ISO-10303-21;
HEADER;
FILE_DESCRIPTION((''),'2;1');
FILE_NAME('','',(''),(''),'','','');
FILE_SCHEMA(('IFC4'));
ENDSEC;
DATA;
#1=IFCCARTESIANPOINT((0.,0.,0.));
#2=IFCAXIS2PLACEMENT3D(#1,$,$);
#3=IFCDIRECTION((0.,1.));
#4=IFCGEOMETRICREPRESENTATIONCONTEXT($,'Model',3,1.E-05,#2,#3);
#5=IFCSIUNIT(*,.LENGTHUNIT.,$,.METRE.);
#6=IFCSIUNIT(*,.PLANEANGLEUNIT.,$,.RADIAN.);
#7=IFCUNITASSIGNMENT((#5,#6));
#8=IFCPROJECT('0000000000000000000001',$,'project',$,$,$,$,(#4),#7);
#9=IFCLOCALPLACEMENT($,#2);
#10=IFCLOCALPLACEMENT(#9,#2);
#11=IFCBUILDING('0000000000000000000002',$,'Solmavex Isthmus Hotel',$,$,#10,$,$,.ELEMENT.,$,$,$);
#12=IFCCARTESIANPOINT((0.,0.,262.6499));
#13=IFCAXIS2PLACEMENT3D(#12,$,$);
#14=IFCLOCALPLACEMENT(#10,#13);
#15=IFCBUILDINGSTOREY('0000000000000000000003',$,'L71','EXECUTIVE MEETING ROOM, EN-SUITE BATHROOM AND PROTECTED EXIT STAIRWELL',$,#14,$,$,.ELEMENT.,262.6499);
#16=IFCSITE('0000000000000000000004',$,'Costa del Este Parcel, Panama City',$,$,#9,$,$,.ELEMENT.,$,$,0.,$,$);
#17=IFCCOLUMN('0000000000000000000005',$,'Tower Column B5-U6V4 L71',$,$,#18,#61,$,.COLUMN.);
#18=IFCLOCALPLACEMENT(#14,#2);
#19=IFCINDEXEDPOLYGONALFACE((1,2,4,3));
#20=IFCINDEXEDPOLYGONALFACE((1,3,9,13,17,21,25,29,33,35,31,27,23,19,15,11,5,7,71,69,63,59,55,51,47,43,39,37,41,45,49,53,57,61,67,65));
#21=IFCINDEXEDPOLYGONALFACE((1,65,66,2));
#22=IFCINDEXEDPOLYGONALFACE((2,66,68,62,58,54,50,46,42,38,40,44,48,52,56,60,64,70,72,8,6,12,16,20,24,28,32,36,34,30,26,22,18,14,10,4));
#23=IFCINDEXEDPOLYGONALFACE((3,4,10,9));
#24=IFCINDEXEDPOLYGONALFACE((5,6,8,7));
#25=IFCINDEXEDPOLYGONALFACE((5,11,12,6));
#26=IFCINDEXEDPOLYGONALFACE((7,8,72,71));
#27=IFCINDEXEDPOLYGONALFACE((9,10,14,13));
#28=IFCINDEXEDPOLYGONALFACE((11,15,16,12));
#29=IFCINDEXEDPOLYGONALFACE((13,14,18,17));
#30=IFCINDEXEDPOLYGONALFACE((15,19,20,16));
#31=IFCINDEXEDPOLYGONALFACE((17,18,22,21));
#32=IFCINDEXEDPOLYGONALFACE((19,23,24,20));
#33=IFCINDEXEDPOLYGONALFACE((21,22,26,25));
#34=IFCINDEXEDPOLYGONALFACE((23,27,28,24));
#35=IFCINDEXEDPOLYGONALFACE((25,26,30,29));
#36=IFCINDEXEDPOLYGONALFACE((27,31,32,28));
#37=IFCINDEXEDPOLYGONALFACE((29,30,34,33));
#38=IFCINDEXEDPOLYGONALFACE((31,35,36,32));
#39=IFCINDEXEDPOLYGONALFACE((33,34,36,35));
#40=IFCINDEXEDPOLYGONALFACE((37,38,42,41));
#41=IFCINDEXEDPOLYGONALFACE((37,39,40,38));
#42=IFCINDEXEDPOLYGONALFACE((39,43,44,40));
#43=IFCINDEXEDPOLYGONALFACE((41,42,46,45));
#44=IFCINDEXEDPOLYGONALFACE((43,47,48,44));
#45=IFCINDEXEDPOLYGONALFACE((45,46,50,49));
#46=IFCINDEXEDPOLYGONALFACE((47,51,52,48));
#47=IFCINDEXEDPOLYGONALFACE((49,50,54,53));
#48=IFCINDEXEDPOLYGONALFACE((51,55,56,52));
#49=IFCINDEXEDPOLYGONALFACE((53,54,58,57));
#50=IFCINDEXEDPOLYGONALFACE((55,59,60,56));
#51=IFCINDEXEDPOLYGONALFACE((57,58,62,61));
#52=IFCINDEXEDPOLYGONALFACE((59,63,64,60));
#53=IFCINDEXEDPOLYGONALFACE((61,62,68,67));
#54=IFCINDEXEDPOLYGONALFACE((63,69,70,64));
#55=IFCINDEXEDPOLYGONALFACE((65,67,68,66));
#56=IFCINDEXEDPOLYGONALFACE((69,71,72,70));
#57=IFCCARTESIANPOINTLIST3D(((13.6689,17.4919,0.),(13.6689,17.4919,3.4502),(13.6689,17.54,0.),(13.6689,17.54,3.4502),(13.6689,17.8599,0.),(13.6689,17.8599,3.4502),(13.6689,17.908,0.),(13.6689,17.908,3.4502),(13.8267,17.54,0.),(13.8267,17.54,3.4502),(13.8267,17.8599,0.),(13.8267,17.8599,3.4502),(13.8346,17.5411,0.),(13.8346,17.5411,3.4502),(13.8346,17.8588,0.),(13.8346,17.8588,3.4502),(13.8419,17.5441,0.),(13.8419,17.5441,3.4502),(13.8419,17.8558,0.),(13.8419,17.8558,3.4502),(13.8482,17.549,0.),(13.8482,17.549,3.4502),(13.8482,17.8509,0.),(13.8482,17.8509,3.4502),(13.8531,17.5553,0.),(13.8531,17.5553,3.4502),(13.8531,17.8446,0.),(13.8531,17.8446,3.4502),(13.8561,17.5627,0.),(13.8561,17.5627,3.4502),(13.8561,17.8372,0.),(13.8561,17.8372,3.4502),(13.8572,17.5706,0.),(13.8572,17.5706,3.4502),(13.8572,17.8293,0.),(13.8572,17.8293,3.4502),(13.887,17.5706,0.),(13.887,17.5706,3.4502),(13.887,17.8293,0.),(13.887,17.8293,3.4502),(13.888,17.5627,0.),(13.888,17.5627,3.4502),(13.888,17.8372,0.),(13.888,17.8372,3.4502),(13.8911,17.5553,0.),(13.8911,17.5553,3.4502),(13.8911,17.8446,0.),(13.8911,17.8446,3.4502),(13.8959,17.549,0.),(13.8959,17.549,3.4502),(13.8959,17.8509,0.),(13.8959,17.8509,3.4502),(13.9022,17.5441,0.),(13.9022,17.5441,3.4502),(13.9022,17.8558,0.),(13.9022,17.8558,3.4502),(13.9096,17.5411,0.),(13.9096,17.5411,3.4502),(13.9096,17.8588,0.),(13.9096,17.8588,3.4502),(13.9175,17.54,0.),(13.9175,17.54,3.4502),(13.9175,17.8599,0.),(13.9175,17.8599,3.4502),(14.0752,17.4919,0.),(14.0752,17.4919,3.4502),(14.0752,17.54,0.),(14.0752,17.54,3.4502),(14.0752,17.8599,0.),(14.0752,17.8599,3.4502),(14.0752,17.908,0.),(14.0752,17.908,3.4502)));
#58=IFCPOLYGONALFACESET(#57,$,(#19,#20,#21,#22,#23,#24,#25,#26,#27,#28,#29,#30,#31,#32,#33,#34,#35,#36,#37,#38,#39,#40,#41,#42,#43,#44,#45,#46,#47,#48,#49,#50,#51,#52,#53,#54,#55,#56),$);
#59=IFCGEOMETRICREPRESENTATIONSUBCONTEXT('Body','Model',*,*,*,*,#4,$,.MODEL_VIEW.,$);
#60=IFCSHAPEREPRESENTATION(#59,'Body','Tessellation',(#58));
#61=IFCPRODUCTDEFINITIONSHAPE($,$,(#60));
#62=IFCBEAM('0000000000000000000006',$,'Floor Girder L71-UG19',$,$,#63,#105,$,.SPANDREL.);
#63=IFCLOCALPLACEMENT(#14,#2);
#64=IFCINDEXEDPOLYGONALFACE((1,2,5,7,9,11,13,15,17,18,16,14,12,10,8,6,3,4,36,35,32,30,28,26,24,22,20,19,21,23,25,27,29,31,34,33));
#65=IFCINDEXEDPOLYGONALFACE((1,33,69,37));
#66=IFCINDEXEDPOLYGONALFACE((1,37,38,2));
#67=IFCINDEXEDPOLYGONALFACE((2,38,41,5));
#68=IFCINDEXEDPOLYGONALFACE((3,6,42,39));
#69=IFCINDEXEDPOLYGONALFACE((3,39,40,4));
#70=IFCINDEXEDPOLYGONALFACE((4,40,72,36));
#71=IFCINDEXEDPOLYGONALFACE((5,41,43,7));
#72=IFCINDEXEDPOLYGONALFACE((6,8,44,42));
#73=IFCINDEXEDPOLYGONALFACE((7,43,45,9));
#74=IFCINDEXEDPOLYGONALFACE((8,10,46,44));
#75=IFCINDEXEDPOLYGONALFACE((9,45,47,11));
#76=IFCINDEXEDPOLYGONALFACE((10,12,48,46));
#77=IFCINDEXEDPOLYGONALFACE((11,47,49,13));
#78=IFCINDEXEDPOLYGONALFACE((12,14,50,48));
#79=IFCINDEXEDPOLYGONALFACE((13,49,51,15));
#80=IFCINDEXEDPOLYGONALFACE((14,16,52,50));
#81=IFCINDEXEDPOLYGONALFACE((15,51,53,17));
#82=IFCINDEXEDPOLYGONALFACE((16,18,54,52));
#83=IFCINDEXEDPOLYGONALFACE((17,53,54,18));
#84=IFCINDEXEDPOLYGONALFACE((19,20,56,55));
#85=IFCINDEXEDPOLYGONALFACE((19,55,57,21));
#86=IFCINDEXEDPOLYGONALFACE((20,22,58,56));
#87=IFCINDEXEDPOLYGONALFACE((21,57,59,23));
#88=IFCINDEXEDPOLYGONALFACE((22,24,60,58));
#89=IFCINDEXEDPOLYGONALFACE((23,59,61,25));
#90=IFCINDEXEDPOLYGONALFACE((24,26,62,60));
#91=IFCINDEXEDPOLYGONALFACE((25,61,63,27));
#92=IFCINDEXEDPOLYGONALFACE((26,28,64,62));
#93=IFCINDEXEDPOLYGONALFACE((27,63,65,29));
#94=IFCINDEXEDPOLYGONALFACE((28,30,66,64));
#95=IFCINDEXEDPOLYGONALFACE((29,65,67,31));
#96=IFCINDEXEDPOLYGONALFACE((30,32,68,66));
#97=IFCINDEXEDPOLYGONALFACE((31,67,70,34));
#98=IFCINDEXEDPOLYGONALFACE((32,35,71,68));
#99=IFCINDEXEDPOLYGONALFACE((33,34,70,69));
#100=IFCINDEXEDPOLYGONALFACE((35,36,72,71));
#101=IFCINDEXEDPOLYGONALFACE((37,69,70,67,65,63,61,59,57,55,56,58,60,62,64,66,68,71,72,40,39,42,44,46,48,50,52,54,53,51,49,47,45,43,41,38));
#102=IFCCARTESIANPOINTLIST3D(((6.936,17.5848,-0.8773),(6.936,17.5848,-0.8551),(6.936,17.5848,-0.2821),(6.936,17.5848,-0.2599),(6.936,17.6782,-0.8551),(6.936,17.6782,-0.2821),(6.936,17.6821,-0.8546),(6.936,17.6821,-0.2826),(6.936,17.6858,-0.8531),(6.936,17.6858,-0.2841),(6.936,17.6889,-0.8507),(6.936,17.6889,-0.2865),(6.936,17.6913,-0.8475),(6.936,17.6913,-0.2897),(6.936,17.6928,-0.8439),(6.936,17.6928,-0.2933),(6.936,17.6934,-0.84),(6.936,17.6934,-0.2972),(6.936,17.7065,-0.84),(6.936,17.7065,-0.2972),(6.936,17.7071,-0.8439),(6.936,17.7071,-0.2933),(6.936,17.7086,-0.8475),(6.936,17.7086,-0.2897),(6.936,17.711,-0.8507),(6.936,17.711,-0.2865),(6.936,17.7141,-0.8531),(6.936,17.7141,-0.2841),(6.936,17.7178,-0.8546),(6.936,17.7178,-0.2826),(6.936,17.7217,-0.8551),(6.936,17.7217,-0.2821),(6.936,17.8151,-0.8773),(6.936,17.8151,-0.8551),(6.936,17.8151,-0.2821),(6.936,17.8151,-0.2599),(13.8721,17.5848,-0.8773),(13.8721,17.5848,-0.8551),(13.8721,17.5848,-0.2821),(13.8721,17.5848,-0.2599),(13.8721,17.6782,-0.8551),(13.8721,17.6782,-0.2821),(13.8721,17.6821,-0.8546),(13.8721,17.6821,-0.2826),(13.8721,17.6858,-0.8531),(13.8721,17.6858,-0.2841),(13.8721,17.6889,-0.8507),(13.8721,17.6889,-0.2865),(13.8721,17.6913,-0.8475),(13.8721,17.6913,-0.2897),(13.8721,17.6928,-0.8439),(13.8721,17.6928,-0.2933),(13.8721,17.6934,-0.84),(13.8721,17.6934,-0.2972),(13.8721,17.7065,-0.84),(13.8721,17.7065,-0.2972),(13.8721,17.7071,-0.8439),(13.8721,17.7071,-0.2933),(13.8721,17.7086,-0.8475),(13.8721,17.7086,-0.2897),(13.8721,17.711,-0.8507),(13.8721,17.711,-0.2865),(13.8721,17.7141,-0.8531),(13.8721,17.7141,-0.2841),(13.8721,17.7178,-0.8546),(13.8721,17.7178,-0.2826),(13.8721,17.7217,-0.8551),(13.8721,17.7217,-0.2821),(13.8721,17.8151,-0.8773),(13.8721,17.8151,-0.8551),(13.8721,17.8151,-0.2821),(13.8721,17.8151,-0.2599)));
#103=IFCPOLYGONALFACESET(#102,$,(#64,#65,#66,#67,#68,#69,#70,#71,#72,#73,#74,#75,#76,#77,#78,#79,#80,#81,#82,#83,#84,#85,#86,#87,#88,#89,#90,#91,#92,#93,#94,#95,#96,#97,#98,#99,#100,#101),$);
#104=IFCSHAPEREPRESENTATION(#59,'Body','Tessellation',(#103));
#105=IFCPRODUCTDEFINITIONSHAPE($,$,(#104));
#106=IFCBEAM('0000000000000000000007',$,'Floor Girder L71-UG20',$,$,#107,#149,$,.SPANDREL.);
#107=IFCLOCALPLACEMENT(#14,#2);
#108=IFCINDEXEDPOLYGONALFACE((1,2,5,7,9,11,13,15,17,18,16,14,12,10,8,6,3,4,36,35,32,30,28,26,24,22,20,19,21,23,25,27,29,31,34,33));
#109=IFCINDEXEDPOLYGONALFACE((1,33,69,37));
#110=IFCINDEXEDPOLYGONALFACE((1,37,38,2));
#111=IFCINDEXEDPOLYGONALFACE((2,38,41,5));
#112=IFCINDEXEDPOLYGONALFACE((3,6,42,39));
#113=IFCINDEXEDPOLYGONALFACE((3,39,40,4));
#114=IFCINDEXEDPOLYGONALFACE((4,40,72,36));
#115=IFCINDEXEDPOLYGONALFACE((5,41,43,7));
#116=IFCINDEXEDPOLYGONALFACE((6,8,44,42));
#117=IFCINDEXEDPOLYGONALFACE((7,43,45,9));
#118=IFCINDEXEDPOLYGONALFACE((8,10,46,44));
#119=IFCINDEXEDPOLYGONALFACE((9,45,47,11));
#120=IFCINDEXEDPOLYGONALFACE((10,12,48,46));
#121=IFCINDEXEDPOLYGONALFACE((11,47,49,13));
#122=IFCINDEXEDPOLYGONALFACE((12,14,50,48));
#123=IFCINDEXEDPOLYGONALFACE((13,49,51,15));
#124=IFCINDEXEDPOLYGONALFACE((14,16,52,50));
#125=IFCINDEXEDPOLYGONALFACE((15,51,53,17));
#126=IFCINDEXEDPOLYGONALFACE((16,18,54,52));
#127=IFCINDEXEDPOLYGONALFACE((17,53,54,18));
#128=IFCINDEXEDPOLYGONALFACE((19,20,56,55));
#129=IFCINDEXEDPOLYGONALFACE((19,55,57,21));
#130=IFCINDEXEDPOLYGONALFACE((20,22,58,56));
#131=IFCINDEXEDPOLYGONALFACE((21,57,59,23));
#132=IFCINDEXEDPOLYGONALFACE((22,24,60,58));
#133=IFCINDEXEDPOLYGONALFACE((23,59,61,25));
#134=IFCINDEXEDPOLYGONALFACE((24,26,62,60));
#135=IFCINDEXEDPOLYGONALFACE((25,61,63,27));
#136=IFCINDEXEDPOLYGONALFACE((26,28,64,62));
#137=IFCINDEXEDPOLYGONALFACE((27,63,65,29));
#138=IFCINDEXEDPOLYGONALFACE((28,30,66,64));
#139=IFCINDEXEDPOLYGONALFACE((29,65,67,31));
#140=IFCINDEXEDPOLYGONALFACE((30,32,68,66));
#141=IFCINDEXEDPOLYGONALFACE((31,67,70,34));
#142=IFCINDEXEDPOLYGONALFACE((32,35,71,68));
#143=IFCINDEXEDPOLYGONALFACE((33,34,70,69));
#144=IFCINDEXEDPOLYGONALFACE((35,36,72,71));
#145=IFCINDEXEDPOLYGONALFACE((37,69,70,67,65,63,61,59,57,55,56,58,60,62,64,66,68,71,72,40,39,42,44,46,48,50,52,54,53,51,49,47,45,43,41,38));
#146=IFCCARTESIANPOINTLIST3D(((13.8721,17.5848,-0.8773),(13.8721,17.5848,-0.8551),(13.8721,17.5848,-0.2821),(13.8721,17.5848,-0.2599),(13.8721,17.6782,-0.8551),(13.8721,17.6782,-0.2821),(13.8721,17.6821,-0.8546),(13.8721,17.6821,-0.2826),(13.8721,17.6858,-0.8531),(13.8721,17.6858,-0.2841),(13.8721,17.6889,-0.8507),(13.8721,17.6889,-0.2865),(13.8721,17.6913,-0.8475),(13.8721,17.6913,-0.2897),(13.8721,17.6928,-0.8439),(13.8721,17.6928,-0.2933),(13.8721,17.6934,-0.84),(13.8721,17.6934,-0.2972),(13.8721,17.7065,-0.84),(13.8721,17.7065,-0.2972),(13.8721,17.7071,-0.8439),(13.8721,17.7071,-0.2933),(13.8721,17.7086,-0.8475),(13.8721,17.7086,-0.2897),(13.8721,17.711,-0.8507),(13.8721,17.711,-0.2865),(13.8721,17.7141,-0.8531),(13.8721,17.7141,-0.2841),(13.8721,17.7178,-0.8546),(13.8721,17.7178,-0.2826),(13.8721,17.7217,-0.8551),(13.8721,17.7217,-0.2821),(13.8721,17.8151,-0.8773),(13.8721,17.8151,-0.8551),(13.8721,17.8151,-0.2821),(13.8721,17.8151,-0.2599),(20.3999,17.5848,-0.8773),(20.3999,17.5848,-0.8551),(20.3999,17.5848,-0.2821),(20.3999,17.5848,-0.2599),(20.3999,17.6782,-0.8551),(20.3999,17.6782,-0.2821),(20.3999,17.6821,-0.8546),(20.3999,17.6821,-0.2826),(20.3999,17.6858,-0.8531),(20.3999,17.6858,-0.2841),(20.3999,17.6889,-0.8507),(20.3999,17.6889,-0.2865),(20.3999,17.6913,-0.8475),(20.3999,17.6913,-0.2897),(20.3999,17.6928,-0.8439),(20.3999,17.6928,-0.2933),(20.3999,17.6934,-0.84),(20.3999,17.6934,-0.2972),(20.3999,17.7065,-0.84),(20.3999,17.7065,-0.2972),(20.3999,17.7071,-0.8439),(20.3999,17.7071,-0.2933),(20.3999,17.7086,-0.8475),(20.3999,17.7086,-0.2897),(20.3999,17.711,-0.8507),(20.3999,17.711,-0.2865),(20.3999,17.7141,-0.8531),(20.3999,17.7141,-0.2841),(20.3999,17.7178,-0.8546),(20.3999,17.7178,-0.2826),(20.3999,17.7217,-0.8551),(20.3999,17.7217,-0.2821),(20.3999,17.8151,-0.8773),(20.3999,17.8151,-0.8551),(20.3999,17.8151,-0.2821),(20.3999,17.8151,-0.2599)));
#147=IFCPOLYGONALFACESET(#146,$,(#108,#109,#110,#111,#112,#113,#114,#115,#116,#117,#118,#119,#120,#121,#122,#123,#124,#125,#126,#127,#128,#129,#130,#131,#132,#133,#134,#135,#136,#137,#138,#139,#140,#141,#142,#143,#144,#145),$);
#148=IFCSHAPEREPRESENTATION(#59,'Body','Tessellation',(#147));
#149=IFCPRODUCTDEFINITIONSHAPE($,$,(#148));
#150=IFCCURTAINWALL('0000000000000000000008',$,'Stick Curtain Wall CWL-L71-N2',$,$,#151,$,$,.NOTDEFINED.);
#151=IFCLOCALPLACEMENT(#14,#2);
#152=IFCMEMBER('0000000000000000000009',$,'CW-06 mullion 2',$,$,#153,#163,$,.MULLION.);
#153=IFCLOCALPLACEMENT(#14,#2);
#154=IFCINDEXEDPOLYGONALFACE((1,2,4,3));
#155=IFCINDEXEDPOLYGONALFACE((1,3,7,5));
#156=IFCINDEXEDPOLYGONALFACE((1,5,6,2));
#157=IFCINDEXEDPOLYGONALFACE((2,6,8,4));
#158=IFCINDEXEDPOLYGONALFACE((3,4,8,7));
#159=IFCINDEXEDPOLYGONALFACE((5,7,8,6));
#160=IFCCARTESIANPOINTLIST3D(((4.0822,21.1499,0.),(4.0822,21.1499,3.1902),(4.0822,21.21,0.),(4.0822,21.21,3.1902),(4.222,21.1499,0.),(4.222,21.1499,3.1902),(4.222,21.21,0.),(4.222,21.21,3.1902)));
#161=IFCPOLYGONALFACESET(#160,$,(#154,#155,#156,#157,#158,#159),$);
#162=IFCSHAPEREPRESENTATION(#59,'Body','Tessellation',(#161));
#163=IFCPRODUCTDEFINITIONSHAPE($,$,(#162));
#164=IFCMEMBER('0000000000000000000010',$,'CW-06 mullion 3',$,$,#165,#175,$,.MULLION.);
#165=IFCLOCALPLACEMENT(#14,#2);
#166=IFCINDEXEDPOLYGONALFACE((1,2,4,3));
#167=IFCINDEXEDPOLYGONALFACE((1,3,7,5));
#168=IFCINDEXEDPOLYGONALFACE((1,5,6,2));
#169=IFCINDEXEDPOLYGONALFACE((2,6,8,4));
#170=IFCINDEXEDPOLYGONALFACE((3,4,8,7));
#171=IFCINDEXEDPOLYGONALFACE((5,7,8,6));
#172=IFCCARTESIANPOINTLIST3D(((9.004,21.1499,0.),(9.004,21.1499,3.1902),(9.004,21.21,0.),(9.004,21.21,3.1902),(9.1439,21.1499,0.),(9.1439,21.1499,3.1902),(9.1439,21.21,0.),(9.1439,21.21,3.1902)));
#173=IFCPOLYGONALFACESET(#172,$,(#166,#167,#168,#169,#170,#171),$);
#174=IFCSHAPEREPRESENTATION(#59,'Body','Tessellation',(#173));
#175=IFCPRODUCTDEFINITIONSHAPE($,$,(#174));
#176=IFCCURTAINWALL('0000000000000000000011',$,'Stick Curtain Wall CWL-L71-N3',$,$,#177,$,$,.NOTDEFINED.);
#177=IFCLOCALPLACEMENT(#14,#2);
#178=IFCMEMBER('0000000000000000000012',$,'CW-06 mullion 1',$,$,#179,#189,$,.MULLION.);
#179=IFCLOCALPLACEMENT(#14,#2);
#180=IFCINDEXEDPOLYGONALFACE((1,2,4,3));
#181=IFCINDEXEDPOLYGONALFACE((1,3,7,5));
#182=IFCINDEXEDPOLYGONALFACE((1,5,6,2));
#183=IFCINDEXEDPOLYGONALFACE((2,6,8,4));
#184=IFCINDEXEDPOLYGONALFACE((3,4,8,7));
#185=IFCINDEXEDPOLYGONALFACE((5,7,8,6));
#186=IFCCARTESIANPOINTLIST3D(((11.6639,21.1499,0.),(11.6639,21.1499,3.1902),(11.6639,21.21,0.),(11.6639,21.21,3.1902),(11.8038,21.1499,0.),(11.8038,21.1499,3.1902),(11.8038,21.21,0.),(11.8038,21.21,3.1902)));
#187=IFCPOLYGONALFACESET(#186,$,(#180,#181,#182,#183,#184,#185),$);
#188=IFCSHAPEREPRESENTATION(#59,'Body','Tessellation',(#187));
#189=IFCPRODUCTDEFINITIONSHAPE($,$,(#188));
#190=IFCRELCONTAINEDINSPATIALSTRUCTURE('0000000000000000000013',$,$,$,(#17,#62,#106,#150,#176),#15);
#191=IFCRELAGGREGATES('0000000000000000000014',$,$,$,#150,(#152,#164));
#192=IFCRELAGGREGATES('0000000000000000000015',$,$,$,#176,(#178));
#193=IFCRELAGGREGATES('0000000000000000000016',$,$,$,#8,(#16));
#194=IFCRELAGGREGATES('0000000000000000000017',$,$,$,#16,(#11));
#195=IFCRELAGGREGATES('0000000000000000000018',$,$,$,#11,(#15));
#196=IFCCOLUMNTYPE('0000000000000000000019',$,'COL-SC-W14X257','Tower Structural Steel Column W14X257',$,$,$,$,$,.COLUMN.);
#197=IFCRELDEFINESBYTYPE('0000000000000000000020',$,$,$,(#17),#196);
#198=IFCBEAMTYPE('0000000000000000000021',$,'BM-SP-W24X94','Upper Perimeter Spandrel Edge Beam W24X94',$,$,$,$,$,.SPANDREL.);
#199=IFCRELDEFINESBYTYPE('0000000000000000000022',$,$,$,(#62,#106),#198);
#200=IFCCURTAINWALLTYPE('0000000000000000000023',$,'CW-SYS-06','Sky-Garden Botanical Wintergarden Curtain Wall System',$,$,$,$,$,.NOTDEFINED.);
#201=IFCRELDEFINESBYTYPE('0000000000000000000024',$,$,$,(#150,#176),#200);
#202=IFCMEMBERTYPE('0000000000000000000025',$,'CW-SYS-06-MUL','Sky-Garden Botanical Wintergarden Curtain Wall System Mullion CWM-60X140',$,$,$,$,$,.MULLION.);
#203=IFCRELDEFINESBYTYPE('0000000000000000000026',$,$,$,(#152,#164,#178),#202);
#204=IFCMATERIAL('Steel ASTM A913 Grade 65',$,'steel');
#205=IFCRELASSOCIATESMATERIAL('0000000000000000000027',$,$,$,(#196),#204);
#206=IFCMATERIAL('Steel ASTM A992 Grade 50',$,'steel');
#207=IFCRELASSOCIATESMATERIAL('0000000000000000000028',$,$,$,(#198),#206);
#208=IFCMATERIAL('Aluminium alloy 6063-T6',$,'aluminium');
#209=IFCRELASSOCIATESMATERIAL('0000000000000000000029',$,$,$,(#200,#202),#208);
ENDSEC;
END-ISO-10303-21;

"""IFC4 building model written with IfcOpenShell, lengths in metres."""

from ifc_helpers import new_model, si_unit, direction, frame, origin, origin_2d, place, context, subcontext, project, spatial, rectangle, i_section, extrude, material, material_profile, profile_set, type_object, element, aggregate, save


model = new_model("IFC4")

# Units and contexts
model_context = context("Model", 3, precision=1e-05, world=origin(), true_north=direction((0.0, 1.0)))
body_context = subcontext(model_context, "Body", "Model", "MODEL_VIEW")
ifc_project = project(units=[si_unit("LENGTHUNIT", "METRE"), si_unit("PLANEANGLEUNIT", "RADIAN")], contexts=[model_context])

# Site, building, storey
site_placement = place(None, origin())
site = spatial("IfcSite", under=ifc_project, at=site_placement, Name="Costa del Este Parcel, Panama City", CompositionType="ELEMENT", RefElevation=0.0)
building_placement = place(site_placement, origin())
building = spatial("IfcBuilding", under=site, at=building_placement, Name="Solmavex Isthmus Hotel", CompositionType="ELEMENT")
storey_placement = place(building_placement, frame((0.0, 0.0, 262.6499)))
storey = spatial("IfcBuildingStorey", under=building, at=storey_placement, Name="L71", Description="EXECUTIVE MEETING ROOM, EN-SUITE BATHROOM AND PROTECTED EXIT STAIRWELL", CompositionType="ELEMENT", Elevation=262.6499)

# Column
ifc_material_1 = material(Name="Steel ASTM A913 Grade 65", Category="steel")
ifc_material_profile_1 = material_profile(ifc_material_1, i_section(OverallWidth=0.4062, OverallDepth=0.416, WebThickness=0.0298, FlangeThickness=0.0481, FilletRadius=0.0305, at=origin_2d()), Name="W14X257")
ifc_profile_set_1 = profile_set([ifc_material_profile_1], Name="Steel ASTM A913 Grade 65")
column_type = type_object("IfcColumnType", Name="COL-SC-W14X257", Description="Tower Structural Steel Column W14X257", PredefinedType="COLUMN", material=ifc_profile_set_1)
column_placement = place(storey_placement, frame((13.8721, 17.7, 0.0), z_axis=(0.0, 0.0, 1.0), x_axis=(1.0, 0.0, 0.0)))
element("IfcColumn", 1, at=column_placement, inside=storey, type_object=column_type, Name="Tower Column B5-U6V4 L71", PredefinedType="COLUMN", context=body_context, shape_type="SweptSolid", body=[
    extrude(i_section(OverallWidth=0.4062, OverallDepth=0.416, WebThickness=0.0298, FlangeThickness=0.0481, FilletRadius=0.0305, at=origin_2d()), origin(), (0.0, 0.0, 1.0), 3.4502),
])

# Beams
ifc_material_2 = material(Name="Steel ASTM A992 Grade 50", Category="steel")
ifc_material_profile_2 = material_profile(ifc_material_2, i_section(OverallWidth=0.2302, OverallDepth=0.6174, WebThickness=0.0132, FlangeThickness=0.0222, FilletRadius=0.0151, at=origin_2d()), Name="W24X94")
ifc_profile_set_2 = profile_set([ifc_material_profile_2], Name="Steel ASTM A992 Grade 50")
beam_type = type_object("IfcBeamType", Name="BM-SP-W24X94", Description="Upper Perimeter Spandrel Edge Beam W24X94", PredefinedType="SPANDREL", material=ifc_profile_set_2)
beam_1_placement = place(storey_placement, frame((6.936, 17.7, -0.5686), z_axis=(1.0, 0.0, 0.0), x_axis=(0.0, 1.0, 0.0)))
element("IfcBeam", 2, at=beam_1_placement, inside=storey, type_object=beam_type, Name="Floor Girder L71-UG19", PredefinedType="SPANDREL", context=body_context, shape_type="SweptSolid", body=[
    extrude(i_section(OverallWidth=0.2302, OverallDepth=0.6174, WebThickness=0.0132, FlangeThickness=0.0222, FilletRadius=0.0151, at=origin_2d()), origin(), (0.0, 0.0, 1.0), 6.936),
])
beam_2_placement = place(storey_placement, frame((13.8721, 17.7, -0.5686), z_axis=(1.0, 0.0, 0.0), x_axis=(0.0, 1.0, 0.0)))
element("IfcBeam", 3, at=beam_2_placement, inside=storey, type_object=beam_type, Name="Floor Girder L71-UG20", PredefinedType="SPANDREL", context=body_context, shape_type="SweptSolid", body=[
    extrude(i_section(OverallWidth=0.2302, OverallDepth=0.6174, WebThickness=0.0132, FlangeThickness=0.0222, FilletRadius=0.0151, at=origin_2d()), origin(), (0.0, 0.0, 1.0), 6.5278),
])

# Curtain wall, members
ifc_material_3 = material(Name="Aluminium alloy 6063-T6", Category="aluminium")
curtain_wall_type = type_object("IfcCurtainWallType", Name="CW-SYS-06", Description="Sky-Garden Botanical Wintergarden Curtain Wall System", PredefinedType="NOTDEFINED", material=ifc_material_3)
curtain_wall_1_placement = place(storey_placement, origin())
curtain_wall_1 = element("IfcCurtainWall", 4, at=curtain_wall_1_placement, inside=storey, type_object=curtain_wall_type, Name="Stick Curtain Wall CWL-L71-N2", PredefinedType="NOTDEFINED")
ifc_material_profile_3 = material_profile(ifc_material_3, rectangle(XDim=0.0601, YDim=0.1399, at=origin_2d()), Name="CWM-60X140")
ifc_profile_set_3 = profile_set([ifc_material_profile_3], Name="Aluminium alloy 6063-T6")
member_type_1 = type_object("IfcMemberType", Name="CW-SYS-06-MUL", Description="Sky-Garden Botanical Wintergarden Curtain Wall System Mullion CWM-60X140", PredefinedType="MULLION", material=ifc_profile_set_3)
member_1_placement = place(storey_placement, frame((4.1521, 21.1799, 0.0), z_axis=(0.0, 0.0, 1.0), x_axis=(0.0, 1.0, 0.0)))
member_1 = element("IfcMember", 5, at=member_1_placement, type_object=member_type_1, Name="CW-06 mullion 2", PredefinedType="MULLION", context=body_context, shape_type="SweptSolid", body=[
    extrude(rectangle(XDim=0.0601, YDim=0.1399, at=origin_2d()), origin(), (0.0, 0.0, 1.0), 3.1902),
])
member_2_placement = place(storey_placement, frame((9.074, 21.1799, 0.0), z_axis=(0.0, 0.0, 1.0), x_axis=(0.0, 1.0, 0.0)))
member_2 = element("IfcMember", 6, at=member_2_placement, type_object=member_type_1, Name="CW-06 mullion 3", PredefinedType="MULLION", context=body_context, shape_type="SweptSolid", body=[
    extrude(rectangle(XDim=0.0601, YDim=0.1399, at=origin_2d()), origin(), (0.0, 0.0, 1.0), 3.1902),
])

# Curtain wall, member
curtain_wall_2_placement = place(storey_placement, origin())
curtain_wall_2 = element("IfcCurtainWall", 7, at=curtain_wall_2_placement, inside=storey, type_object=curtain_wall_type, Name="Stick Curtain Wall CWL-L71-N3", PredefinedType="NOTDEFINED")
member_3_placement = place(storey_placement, frame((11.7339, 21.1799, 0.0), z_axis=(0.0, 0.0, 1.0), x_axis=(0.0, 1.0, 0.0)))
member_3 = element("IfcMember", 8, at=member_3_placement, type_object=member_type_1, Name="CW-06 mullion 1", PredefinedType="MULLION", context=body_context, shape_type="SweptSolid", body=[
    extrude(rectangle(XDim=0.0601, YDim=0.1399, at=origin_2d()), origin(), (0.0, 0.0, 1.0), 3.1902),
])

aggregate(curtain_wall_1, [member_1, member_2])
aggregate(curtain_wall_2, [member_3])

save(model, "model.ifc")
